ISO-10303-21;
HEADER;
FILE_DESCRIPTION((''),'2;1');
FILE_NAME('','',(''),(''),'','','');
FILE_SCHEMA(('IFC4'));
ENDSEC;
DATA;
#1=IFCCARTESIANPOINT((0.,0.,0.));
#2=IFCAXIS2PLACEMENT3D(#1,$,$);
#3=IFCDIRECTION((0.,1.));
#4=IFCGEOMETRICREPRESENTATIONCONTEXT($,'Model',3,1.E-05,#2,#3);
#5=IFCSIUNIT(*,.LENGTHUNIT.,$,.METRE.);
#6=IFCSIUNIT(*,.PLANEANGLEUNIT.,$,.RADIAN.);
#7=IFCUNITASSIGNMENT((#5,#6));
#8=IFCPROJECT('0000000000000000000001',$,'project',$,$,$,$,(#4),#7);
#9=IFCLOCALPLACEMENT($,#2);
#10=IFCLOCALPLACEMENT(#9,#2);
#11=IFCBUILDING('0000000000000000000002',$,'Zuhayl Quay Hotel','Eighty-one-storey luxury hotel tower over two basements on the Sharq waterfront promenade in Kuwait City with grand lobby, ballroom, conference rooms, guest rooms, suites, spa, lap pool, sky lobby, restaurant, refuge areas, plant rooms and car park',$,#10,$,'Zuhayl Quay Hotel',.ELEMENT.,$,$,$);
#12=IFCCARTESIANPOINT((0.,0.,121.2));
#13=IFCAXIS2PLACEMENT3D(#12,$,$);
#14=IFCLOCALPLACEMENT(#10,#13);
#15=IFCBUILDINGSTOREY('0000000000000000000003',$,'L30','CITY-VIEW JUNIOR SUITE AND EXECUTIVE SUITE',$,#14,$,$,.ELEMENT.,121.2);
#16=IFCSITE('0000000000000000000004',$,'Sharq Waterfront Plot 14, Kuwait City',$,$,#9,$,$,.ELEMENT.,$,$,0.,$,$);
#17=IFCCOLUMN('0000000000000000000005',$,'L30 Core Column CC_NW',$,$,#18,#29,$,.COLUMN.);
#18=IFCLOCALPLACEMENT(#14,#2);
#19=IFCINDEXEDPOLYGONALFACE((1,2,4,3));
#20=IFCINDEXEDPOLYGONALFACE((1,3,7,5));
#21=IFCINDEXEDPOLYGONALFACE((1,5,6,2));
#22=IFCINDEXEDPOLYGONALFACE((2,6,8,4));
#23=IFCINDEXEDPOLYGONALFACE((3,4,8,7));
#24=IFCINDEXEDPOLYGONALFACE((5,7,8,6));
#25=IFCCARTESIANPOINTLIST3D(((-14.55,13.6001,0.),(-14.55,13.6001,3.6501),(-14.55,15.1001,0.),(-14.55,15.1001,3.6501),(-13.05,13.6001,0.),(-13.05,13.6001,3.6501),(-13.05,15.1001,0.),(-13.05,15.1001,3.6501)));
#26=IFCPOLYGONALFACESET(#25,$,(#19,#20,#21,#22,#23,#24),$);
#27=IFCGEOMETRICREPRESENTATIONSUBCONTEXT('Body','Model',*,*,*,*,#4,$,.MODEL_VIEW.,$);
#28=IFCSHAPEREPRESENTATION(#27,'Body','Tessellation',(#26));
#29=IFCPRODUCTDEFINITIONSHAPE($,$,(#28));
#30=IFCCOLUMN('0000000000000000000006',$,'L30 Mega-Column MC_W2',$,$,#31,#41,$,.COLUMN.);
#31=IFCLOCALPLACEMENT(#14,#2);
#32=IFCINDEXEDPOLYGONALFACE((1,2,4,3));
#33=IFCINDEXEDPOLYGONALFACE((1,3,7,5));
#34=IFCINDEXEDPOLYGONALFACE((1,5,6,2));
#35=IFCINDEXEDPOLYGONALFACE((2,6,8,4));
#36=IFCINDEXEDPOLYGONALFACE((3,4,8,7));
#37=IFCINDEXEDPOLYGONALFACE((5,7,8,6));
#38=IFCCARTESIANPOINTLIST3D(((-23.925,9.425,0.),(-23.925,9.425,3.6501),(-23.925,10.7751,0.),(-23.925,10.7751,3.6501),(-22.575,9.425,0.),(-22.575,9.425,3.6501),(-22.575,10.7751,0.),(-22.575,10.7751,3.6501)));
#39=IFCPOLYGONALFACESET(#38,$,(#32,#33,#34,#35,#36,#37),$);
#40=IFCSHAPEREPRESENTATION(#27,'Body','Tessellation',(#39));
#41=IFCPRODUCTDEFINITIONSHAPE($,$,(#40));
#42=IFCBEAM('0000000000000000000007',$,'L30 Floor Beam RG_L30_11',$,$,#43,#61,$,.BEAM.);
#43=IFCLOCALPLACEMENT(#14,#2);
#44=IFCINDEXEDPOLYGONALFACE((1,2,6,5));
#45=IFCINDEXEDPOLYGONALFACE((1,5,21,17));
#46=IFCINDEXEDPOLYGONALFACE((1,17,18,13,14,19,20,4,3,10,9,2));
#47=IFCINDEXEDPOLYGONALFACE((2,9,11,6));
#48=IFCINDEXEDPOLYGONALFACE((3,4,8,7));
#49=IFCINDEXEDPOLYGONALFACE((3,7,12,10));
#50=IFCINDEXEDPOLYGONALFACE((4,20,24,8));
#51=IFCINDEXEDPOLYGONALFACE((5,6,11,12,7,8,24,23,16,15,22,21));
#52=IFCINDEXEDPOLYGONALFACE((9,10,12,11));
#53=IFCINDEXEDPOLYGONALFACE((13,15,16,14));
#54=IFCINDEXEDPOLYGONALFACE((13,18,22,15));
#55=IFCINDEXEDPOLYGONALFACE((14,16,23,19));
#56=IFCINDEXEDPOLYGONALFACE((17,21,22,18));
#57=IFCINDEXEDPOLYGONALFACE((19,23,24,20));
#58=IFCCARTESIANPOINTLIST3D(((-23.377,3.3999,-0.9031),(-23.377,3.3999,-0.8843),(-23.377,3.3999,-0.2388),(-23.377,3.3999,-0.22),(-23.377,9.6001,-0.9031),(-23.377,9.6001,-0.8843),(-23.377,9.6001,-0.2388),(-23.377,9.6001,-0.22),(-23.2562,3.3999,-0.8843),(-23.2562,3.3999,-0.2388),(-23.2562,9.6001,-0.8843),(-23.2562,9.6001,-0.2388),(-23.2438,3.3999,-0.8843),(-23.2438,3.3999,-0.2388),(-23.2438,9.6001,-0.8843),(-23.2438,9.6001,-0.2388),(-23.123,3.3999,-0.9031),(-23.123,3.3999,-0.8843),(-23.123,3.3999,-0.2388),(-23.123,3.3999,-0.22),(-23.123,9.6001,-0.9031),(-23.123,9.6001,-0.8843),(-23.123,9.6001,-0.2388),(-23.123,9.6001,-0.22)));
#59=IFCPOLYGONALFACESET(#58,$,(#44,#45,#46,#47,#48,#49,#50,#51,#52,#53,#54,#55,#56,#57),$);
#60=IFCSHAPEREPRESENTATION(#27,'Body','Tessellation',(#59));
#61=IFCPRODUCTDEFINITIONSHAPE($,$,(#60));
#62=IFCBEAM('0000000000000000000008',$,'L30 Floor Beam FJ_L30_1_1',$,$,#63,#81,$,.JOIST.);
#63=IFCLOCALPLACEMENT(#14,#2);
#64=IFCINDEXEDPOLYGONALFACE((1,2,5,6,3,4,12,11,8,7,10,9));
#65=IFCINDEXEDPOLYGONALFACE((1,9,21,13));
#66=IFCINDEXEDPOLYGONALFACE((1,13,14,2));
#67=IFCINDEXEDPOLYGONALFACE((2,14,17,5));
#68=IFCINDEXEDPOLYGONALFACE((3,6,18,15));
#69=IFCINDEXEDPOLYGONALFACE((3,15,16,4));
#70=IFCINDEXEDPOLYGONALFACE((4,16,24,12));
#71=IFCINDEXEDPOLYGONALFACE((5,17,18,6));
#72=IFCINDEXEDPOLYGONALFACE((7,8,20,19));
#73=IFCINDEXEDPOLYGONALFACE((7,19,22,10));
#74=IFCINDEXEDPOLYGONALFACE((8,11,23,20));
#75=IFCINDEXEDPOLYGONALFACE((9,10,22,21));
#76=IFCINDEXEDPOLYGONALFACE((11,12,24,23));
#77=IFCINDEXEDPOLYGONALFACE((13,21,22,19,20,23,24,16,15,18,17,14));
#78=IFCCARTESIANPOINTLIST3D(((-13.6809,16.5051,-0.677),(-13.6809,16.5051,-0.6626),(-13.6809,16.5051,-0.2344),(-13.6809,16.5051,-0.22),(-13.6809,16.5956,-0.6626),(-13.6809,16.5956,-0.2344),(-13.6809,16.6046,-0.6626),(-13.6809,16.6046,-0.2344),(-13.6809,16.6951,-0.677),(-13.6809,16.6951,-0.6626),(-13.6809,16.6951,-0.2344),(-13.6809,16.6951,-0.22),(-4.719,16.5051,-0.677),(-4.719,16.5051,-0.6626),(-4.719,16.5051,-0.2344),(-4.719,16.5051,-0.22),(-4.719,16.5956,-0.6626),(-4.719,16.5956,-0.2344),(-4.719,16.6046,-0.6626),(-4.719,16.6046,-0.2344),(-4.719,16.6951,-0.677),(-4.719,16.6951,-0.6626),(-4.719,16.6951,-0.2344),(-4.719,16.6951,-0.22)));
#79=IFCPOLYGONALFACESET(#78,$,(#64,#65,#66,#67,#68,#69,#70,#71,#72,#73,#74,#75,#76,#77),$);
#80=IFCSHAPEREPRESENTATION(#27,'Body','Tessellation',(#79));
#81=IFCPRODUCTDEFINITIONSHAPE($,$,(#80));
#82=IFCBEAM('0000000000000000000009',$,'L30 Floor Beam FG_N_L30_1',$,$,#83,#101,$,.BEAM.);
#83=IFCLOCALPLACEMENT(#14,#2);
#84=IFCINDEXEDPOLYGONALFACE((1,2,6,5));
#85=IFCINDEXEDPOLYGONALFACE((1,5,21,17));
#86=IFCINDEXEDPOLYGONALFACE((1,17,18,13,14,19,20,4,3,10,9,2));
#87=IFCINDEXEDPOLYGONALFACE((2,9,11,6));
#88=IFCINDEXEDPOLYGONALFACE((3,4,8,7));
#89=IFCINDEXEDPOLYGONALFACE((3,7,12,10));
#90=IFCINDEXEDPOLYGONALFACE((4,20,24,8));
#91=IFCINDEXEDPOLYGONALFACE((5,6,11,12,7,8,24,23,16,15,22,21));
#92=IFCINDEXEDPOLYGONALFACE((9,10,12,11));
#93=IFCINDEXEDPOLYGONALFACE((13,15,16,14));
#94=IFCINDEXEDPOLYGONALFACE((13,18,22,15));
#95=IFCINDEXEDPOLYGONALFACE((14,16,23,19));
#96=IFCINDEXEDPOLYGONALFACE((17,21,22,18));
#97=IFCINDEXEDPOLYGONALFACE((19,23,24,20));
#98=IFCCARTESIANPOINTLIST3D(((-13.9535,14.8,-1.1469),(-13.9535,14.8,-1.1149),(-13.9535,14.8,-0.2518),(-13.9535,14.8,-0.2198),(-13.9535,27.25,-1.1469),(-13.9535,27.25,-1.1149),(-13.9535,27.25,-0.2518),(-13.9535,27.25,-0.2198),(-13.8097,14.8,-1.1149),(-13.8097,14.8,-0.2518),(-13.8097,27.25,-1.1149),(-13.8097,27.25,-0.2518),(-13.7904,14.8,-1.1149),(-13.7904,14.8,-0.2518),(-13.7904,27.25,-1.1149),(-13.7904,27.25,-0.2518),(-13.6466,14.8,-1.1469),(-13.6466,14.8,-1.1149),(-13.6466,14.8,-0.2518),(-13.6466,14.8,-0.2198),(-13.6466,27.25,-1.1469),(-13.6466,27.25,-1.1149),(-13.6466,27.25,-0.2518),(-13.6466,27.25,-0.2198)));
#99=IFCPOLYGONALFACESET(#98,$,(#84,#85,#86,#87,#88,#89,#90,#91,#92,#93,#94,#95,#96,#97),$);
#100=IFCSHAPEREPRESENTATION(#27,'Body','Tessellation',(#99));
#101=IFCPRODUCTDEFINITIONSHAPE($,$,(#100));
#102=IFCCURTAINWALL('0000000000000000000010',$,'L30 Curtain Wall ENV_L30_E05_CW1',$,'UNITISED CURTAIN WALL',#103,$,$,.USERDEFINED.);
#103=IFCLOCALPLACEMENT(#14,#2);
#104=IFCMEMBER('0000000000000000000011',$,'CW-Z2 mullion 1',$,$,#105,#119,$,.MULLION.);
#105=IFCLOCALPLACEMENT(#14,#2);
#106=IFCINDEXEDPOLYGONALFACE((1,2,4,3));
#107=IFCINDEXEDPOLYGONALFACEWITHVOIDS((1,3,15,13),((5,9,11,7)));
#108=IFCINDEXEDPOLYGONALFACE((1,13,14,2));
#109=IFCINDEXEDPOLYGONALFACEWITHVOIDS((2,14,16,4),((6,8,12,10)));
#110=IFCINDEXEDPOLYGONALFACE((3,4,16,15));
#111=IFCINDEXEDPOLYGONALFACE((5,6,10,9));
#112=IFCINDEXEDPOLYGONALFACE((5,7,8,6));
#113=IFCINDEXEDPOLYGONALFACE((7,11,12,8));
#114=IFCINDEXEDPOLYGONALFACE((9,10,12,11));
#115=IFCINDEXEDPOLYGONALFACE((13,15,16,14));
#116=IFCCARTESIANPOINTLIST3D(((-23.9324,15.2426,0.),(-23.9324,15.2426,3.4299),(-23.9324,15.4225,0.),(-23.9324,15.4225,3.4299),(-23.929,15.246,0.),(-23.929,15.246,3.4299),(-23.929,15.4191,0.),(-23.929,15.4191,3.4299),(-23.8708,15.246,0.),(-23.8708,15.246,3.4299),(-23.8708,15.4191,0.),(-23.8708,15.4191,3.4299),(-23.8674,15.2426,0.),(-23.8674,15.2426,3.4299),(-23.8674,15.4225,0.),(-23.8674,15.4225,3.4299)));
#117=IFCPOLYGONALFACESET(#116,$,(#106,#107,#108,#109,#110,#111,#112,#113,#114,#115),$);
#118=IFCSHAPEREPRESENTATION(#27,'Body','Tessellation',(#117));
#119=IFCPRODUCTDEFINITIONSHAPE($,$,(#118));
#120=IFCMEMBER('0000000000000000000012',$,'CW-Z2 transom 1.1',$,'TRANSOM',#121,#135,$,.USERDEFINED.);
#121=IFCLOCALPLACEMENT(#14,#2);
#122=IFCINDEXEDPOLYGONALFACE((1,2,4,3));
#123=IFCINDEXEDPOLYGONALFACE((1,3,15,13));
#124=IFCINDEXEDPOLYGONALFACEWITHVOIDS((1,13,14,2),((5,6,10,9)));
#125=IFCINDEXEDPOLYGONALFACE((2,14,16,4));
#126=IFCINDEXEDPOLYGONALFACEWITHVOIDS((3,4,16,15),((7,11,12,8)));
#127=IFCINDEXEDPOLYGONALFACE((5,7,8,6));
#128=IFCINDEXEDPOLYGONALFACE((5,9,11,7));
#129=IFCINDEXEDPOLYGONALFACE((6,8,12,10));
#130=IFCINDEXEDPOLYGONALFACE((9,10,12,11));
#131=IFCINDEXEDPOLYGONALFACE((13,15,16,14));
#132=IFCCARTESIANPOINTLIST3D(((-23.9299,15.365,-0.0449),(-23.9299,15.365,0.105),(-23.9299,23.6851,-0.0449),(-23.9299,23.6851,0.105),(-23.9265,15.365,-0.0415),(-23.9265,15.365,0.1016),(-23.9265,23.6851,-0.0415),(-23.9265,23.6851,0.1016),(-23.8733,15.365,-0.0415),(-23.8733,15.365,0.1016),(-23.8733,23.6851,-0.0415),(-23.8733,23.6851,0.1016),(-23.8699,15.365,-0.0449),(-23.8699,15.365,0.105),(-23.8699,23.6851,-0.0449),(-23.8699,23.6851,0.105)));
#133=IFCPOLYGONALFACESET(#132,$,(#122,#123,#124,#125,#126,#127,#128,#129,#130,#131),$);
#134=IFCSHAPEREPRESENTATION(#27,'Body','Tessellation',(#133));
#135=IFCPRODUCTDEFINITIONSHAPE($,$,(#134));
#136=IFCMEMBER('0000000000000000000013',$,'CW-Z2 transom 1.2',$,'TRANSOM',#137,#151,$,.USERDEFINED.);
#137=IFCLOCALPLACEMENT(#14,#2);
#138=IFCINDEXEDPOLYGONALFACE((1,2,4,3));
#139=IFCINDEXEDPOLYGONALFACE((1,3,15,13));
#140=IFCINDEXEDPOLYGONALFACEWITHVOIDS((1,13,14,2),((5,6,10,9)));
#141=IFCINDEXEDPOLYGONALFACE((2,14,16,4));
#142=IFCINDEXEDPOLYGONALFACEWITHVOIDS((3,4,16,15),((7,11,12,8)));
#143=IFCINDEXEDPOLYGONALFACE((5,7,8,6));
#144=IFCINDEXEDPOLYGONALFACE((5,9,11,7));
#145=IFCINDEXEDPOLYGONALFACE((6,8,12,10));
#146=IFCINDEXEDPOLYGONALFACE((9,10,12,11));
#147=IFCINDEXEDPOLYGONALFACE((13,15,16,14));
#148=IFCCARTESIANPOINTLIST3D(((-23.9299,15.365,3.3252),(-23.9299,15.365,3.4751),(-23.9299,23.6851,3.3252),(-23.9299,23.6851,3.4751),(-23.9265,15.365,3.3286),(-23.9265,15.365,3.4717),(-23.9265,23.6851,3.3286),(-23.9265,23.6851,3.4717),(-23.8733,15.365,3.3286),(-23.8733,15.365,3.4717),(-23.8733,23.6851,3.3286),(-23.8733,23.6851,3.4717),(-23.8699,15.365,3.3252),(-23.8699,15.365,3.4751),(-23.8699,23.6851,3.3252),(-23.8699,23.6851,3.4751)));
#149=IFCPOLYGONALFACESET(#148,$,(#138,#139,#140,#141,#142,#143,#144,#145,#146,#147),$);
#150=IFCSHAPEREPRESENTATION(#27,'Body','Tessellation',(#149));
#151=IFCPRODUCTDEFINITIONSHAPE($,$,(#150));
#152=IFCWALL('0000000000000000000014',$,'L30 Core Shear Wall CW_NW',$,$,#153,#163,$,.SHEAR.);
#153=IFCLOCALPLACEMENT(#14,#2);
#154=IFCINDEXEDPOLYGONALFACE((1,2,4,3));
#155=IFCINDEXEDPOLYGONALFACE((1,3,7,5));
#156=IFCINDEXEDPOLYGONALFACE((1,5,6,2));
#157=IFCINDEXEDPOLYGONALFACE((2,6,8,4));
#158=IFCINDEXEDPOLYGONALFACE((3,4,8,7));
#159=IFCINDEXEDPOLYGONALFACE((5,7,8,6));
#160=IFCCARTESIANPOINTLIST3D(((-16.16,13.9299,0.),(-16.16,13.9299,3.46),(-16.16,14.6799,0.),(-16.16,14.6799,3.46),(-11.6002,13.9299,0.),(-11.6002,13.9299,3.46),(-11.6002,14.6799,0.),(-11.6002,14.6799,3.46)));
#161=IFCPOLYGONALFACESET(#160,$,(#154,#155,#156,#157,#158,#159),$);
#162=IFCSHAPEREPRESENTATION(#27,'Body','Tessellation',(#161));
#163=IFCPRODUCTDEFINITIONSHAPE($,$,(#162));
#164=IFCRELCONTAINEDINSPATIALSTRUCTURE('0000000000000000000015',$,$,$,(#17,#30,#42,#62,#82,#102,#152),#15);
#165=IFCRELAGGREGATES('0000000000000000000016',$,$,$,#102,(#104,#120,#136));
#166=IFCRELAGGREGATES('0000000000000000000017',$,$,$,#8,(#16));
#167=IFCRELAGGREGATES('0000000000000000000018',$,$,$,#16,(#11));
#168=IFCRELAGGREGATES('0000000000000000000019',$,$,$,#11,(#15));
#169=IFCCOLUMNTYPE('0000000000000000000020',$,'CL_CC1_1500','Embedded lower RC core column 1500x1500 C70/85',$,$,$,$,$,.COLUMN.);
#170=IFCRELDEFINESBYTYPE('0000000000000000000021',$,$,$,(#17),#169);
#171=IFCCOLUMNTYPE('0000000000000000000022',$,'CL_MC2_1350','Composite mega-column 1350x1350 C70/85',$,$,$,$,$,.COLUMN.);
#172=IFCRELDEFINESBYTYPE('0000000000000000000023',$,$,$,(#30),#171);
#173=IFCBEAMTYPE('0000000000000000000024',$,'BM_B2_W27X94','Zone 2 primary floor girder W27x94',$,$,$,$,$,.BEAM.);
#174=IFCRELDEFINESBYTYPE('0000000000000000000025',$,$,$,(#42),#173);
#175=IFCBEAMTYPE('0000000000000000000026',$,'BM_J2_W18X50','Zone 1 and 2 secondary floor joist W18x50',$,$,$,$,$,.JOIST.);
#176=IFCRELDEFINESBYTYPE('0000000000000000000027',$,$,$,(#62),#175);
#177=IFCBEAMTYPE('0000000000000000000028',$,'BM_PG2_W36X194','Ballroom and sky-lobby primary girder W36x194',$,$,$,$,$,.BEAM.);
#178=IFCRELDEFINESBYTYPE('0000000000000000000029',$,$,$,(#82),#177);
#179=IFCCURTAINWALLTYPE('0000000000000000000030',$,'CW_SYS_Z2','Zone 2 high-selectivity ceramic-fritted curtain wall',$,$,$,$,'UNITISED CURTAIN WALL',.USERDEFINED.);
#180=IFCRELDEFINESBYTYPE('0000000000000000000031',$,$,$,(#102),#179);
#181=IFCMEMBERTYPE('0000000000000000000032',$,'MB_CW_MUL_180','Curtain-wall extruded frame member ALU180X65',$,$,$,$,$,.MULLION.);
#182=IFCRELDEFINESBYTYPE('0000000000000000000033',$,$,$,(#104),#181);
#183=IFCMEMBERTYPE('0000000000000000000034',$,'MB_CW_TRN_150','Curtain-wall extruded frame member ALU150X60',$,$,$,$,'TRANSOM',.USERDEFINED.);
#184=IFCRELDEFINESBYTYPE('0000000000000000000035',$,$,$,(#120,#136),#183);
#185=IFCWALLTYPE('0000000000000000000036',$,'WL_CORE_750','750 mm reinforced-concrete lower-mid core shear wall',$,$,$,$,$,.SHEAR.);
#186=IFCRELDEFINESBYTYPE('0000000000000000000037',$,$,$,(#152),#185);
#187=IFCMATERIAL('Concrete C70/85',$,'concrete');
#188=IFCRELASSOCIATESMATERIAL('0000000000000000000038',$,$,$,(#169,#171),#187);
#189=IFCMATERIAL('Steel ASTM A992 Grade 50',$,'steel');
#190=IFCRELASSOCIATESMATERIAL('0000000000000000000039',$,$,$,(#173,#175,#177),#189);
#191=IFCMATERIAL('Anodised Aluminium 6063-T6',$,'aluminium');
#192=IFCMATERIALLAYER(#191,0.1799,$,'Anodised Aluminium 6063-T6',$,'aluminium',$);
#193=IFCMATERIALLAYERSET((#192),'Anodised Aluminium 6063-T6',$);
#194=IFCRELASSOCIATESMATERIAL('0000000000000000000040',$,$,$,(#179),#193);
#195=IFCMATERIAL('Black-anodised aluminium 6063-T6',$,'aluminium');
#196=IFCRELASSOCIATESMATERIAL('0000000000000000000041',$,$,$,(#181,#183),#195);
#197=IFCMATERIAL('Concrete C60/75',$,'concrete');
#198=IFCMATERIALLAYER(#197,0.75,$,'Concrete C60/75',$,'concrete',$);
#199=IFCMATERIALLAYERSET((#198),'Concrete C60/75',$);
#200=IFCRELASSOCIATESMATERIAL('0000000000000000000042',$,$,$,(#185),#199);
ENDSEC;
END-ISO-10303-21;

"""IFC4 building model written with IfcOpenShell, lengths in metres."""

from ifc_helpers import new_model, si_unit, direction, frame, frame_2d, origin, origin_2d, place, context, subcontext, project, spatial, rectangle, hollow_rectangle, i_section, extrude, material, layer, layer_set, material_profile, profile_set, type_object, element, aggregate, save


model = new_model("IFC4")

# Units and contexts
model_context = context("Model", 3, precision=1e-05, world=origin(), true_north=direction((0.0, 1.0)))
body_context = subcontext(model_context, "Body", "Model", "MODEL_VIEW")
ifc_project = project(units=[si_unit("LENGTHUNIT", "METRE"), si_unit("PLANEANGLEUNIT", "RADIAN")], contexts=[model_context])

# Site, building, storey
site_placement = place(None, origin())
site = spatial("IfcSite", under=ifc_project, at=site_placement, Name="Sharq Waterfront Plot 14, Kuwait City", CompositionType="ELEMENT", RefElevation=0.0)
building_placement = place(site_placement, origin())
building = spatial("IfcBuilding", under=site, at=building_placement, Name="Zuhayl Quay Hotel", Description="Eighty-one-storey luxury hotel tower over two basements on the Sharq waterfront promenade in Kuwait City with grand lobby, ballroom, conference rooms, guest rooms, suites, spa, lap pool, sky lobby, restaurant, refuge areas, plant rooms and car park", LongName="Zuhayl Quay Hotel", CompositionType="ELEMENT")
storey_placement = place(building_placement, frame((0.0, 0.0, 121.2)))
storey = spatial("IfcBuildingStorey", under=building, at=storey_placement, Name="L30", Description="CITY-VIEW JUNIOR SUITE AND EXECUTIVE SUITE", CompositionType="ELEMENT", Elevation=121.2)

# Columns
ifc_material_1 = material(Name="Concrete C70/85", Category="concrete")
ifc_material_profile_1 = material_profile(ifc_material_1, rectangle(XDim=1.5, YDim=1.5, at=origin_2d()), Name="RC1500X1500")
ifc_profile_set_1 = profile_set([ifc_material_profile_1], Name="Concrete C70/85")
column_type_1 = type_object("IfcColumnType", Name="CL_CC1_1500", Description="Embedded lower RC core column 1500x1500 C70/85", PredefinedType="COLUMN", material=ifc_profile_set_1)
column_1_placement = place(storey_placement, frame((-13.8, 14.3501, 0.0), z_axis=(0.0, 0.0, 1.0), x_axis=(1.0, 0.0, 0.0)))
element("IfcColumn", 1, at=column_1_placement, inside=storey, type_object=column_type_1, Name="L30 Core Column CC_NW", PredefinedType="COLUMN", context=body_context, shape_type="SweptSolid", body=[
    extrude(rectangle(XDim=1.5, YDim=1.5, at=origin_2d()), origin(), (0.0, 0.0, 1.0), 3.6501),
])
ifc_material_profile_2 = material_profile(ifc_material_1, rectangle(XDim=1.3501, YDim=1.3501, at=origin_2d()), Name="RC1350X1350")
ifc_profile_set_2 = profile_set([ifc_material_profile_2], Name="Concrete C70/85")
column_type_2 = type_object("IfcColumnType", Name="CL_MC2_1350", Description="Composite mega-column 1350x1350 C70/85", PredefinedType="COLUMN", material=ifc_profile_set_2)
column_2_placement = place(storey_placement, frame((-23.25, 10.1001, 0.0), z_axis=(0.0, 0.0, 1.0), x_axis=(1.0, 0.0, 0.0)))
element("IfcColumn", 2, at=column_2_placement, inside=storey, type_object=column_type_2, Name="L30 Mega-Column MC_W2", PredefinedType="COLUMN", context=body_context, shape_type="SweptSolid", body=[
    extrude(rectangle(XDim=1.3501, YDim=1.3501, at=origin_2d()), origin(), (0.0, 0.0, 1.0), 3.6501),
])

# Beams
ifc_material_2 = material(Name="Steel ASTM A992 Grade 50", Category="steel")
ifc_material_profile_3 = material_profile(ifc_material_2, i_section(OverallWidth=0.2539, OverallDepth=0.6831, WebThickness=0.0125, FlangeThickness=0.0188, at=origin_2d()), Name="W27X94")
ifc_profile_set_3 = profile_set([ifc_material_profile_3], Name="Steel ASTM A992 Grade 50")
beam_type_1 = type_object("IfcBeamType", Name="BM_B2_W27X94", Description="Zone 2 primary floor girder W27x94", PredefinedType="BEAM", material=ifc_profile_set_3)
beam_1_placement = place(storey_placement, frame((-23.25, 9.6001, -0.5615), z_axis=(0.0, -1.0, 0.0), x_axis=(1.0, 0.0, 0.0)))
element("IfcBeam", 3, at=beam_1_placement, inside=storey, type_object=beam_type_1, Name="L30 Floor Beam RG_L30_11", PredefinedType="BEAM", context=body_context, shape_type="SweptSolid", body=[
    extrude(i_section(OverallWidth=0.2539, OverallDepth=0.6831, WebThickness=0.0125, FlangeThickness=0.0188, at=origin_2d()), origin(), (0.0, 0.0, 1.0), 6.2002),
])
ifc_material_profile_4 = material_profile(ifc_material_2, i_section(OverallWidth=0.1899, OverallDepth=0.457, WebThickness=0.009, FlangeThickness=0.0144, at=origin_2d()), Name="W18X50")
ifc_profile_set_4 = profile_set([ifc_material_profile_4], Name="Steel ASTM A992 Grade 50")
beam_type_2 = type_object("IfcBeamType", Name="BM_J2_W18X50", Description="Zone 1 and 2 secondary floor joist W18x50", PredefinedType="JOIST", material=ifc_profile_set_4)
beam_2_placement = place(storey_placement, frame((-13.6809, 16.6001, -0.4485), z_axis=(1.0, 0.0, 0.0), x_axis=(0.0, 1.0, 0.0)))
element("IfcBeam", 4, at=beam_2_placement, inside=storey, type_object=beam_type_2, Name="L30 Floor Beam FJ_L30_1_1", PredefinedType="JOIST", context=body_context, shape_type="SweptSolid", body=[
    extrude(i_section(OverallWidth=0.1899, OverallDepth=0.457, WebThickness=0.009, FlangeThickness=0.0144, at=origin_2d()), origin(), (0.0, 0.0, 1.0), 8.9619),
])
ifc_material_profile_5 = material_profile(ifc_material_2, i_section(OverallWidth=0.3069, OverallDepth=0.927, WebThickness=0.0193, FlangeThickness=0.032, at=origin_2d()), Name="W36X194")
ifc_profile_set_5 = profile_set([ifc_material_profile_5], Name="Steel ASTM A992 Grade 50")
beam_type_3 = type_object("IfcBeamType", Name="BM_PG2_W36X194", Description="Ballroom and sky-lobby primary girder W36x194", PredefinedType="BEAM", material=ifc_profile_set_5)
beam_3_placement = place(storey_placement, frame((-13.8, 14.8, -0.6833), z_axis=(0.0, 1.0, 0.0), x_axis=(-1.0, 0.0, 0.0)))
element("IfcBeam", 5, at=beam_3_placement, inside=storey, type_object=beam_type_3, Name="L30 Floor Beam FG_N_L30_1", PredefinedType="BEAM", context=body_context, shape_type="SweptSolid", body=[
    extrude(i_section(OverallWidth=0.3069, OverallDepth=0.927, WebThickness=0.0193, FlangeThickness=0.032, at=origin_2d()), origin(), (0.0, 0.0, 1.0), 12.45),
])

# Curtain wall, members
ifc_material_3 = material(Name="Anodised Aluminium 6063-T6", Category="aluminium")
ifc_layer_1 = layer(ifc_material_3, 0.1799, Name="Anodised Aluminium 6063-T6", Category="aluminium")
ifc_layer_set_1 = layer_set([ifc_layer_1], Name="Anodised Aluminium 6063-T6")
curtain_wall_type = type_object("IfcCurtainWallType", Name="CW_SYS_Z2", Description="Zone 2 high-selectivity ceramic-fritted curtain wall", ElementType="UNITISED CURTAIN WALL", PredefinedType="USERDEFINED", material=ifc_layer_set_1)
curtain_wall_placement = place(storey_placement, origin())
curtain_wall = element("IfcCurtainWall", 6, at=curtain_wall_placement, inside=storey, type_object=curtain_wall_type, Name="L30 Curtain Wall ENV_L30_E05_CW1", ObjectType="UNITISED CURTAIN WALL", PredefinedType="USERDEFINED")
ifc_material_4 = material(Name="Black-anodised aluminium 6063-T6", Category="aluminium")
ifc_material_profile_6 = material_profile(ifc_material_4, hollow_rectangle(XDim=0.0649, YDim=0.1799, WallThickness=0.0034, at=origin_2d()), Name="ALU180X65")
ifc_profile_set_6 = profile_set([ifc_material_profile_6], Name="Black-anodised aluminium 6063-T6")
member_type_1 = type_object("IfcMemberType", Name="MB_CW_MUL_180", Description="Curtain-wall extruded frame member ALU180X65", PredefinedType="MULLION", material=ifc_profile_set_6)
member_1_placement = place(storey_placement, frame((-23.8999, 15.3325, 0.0), z_axis=(0.0, 0.0, 1.0), x_axis=(-1.0, 0.0, 0.0)))
member_1 = element("IfcMember", 7, at=member_1_placement, type_object=member_type_1, Name="CW-Z2 mullion 1", PredefinedType="MULLION", context=body_context, shape_type="SweptSolid", body=[
    extrude(hollow_rectangle(XDim=0.0649, YDim=0.1799, WallThickness=0.0034, at=origin_2d()), origin(), (0.0, 0.0, 1.0), 3.4299),
])
ifc_material_profile_7 = material_profile(ifc_material_4, hollow_rectangle(XDim=0.0601, YDim=0.1499, WallThickness=0.0034, at=origin_2d()), Name="ALU150X60")
ifc_profile_set_7 = profile_set([ifc_material_profile_7], Name="Black-anodised aluminium 6063-T6")
member_type_2 = type_object("IfcMemberType", Name="MB_CW_TRN_150", Description="Curtain-wall extruded frame member ALU150X60", ElementType="TRANSOM", PredefinedType="USERDEFINED", material=ifc_profile_set_7)
member_2_placement = place(storey_placement, frame((-23.8999, 15.365, 0.03), z_axis=(0.0, 1.0, 0.0), x_axis=(-1.0, 0.0, 0.0)))
member_2 = element("IfcMember", 8, at=member_2_placement, type_object=member_type_2, Name="CW-Z2 transom 1.1", ObjectType="TRANSOM", PredefinedType="USERDEFINED", context=body_context, shape_type="SweptSolid", body=[
    extrude(hollow_rectangle(XDim=0.0601, YDim=0.1499, WallThickness=0.0034, at=origin_2d()), origin(), (0.0, 0.0, 1.0), 8.3201),
])
member_3_placement = place(storey_placement, frame((-23.8999, 15.365, 3.4001), z_axis=(0.0, 1.0, 0.0), x_axis=(-1.0, 0.0, 0.0)))
member_3 = element("IfcMember", 9, at=member_3_placement, type_object=member_type_2, Name="CW-Z2 transom 1.2", ObjectType="TRANSOM", PredefinedType="USERDEFINED", context=body_context, shape_type="SweptSolid", body=[
    extrude(hollow_rectangle(XDim=0.0601, YDim=0.1499, WallThickness=0.0034, at=origin_2d()), origin(), (0.0, 0.0, 1.0), 8.3201),
])
aggregate(curtain_wall, [member_1, member_2, member_3])

# Wall
ifc_material_5 = material(Name="Concrete C60/75", Category="concrete")
ifc_layer_2 = layer(ifc_material_5, 0.75, Name="Concrete C60/75", Category="concrete")
ifc_layer_set_2 = layer_set([ifc_layer_2], Name="Concrete C60/75")
wall_type_1 = type_object("IfcWallType", Name="WL_CORE_750", Description="750 mm reinforced-concrete lower-mid core shear wall", PredefinedType="SHEAR", material=ifc_layer_set_2)
wall_1_placement = place(storey_placement, frame((-16.1599, 14.3049, 0.0), z_axis=(0.0, 0.0, 1.0), x_axis=(1.0, 0.0, 0.0)))
element("IfcWall", 10, at=wall_1_placement, inside=storey, type_object=wall_type_1, Name="L30 Core Shear Wall CW_NW", PredefinedType="SHEAR", context=body_context, shape_type="SweptSolid", body=[
    extrude(rectangle(XDim=4.5598, YDim=0.75, at=frame_2d((2.2798, 0.0))), origin(), (0.0, 0.0, 1.0), 3.46),
])

save(model, "model.ifc")
